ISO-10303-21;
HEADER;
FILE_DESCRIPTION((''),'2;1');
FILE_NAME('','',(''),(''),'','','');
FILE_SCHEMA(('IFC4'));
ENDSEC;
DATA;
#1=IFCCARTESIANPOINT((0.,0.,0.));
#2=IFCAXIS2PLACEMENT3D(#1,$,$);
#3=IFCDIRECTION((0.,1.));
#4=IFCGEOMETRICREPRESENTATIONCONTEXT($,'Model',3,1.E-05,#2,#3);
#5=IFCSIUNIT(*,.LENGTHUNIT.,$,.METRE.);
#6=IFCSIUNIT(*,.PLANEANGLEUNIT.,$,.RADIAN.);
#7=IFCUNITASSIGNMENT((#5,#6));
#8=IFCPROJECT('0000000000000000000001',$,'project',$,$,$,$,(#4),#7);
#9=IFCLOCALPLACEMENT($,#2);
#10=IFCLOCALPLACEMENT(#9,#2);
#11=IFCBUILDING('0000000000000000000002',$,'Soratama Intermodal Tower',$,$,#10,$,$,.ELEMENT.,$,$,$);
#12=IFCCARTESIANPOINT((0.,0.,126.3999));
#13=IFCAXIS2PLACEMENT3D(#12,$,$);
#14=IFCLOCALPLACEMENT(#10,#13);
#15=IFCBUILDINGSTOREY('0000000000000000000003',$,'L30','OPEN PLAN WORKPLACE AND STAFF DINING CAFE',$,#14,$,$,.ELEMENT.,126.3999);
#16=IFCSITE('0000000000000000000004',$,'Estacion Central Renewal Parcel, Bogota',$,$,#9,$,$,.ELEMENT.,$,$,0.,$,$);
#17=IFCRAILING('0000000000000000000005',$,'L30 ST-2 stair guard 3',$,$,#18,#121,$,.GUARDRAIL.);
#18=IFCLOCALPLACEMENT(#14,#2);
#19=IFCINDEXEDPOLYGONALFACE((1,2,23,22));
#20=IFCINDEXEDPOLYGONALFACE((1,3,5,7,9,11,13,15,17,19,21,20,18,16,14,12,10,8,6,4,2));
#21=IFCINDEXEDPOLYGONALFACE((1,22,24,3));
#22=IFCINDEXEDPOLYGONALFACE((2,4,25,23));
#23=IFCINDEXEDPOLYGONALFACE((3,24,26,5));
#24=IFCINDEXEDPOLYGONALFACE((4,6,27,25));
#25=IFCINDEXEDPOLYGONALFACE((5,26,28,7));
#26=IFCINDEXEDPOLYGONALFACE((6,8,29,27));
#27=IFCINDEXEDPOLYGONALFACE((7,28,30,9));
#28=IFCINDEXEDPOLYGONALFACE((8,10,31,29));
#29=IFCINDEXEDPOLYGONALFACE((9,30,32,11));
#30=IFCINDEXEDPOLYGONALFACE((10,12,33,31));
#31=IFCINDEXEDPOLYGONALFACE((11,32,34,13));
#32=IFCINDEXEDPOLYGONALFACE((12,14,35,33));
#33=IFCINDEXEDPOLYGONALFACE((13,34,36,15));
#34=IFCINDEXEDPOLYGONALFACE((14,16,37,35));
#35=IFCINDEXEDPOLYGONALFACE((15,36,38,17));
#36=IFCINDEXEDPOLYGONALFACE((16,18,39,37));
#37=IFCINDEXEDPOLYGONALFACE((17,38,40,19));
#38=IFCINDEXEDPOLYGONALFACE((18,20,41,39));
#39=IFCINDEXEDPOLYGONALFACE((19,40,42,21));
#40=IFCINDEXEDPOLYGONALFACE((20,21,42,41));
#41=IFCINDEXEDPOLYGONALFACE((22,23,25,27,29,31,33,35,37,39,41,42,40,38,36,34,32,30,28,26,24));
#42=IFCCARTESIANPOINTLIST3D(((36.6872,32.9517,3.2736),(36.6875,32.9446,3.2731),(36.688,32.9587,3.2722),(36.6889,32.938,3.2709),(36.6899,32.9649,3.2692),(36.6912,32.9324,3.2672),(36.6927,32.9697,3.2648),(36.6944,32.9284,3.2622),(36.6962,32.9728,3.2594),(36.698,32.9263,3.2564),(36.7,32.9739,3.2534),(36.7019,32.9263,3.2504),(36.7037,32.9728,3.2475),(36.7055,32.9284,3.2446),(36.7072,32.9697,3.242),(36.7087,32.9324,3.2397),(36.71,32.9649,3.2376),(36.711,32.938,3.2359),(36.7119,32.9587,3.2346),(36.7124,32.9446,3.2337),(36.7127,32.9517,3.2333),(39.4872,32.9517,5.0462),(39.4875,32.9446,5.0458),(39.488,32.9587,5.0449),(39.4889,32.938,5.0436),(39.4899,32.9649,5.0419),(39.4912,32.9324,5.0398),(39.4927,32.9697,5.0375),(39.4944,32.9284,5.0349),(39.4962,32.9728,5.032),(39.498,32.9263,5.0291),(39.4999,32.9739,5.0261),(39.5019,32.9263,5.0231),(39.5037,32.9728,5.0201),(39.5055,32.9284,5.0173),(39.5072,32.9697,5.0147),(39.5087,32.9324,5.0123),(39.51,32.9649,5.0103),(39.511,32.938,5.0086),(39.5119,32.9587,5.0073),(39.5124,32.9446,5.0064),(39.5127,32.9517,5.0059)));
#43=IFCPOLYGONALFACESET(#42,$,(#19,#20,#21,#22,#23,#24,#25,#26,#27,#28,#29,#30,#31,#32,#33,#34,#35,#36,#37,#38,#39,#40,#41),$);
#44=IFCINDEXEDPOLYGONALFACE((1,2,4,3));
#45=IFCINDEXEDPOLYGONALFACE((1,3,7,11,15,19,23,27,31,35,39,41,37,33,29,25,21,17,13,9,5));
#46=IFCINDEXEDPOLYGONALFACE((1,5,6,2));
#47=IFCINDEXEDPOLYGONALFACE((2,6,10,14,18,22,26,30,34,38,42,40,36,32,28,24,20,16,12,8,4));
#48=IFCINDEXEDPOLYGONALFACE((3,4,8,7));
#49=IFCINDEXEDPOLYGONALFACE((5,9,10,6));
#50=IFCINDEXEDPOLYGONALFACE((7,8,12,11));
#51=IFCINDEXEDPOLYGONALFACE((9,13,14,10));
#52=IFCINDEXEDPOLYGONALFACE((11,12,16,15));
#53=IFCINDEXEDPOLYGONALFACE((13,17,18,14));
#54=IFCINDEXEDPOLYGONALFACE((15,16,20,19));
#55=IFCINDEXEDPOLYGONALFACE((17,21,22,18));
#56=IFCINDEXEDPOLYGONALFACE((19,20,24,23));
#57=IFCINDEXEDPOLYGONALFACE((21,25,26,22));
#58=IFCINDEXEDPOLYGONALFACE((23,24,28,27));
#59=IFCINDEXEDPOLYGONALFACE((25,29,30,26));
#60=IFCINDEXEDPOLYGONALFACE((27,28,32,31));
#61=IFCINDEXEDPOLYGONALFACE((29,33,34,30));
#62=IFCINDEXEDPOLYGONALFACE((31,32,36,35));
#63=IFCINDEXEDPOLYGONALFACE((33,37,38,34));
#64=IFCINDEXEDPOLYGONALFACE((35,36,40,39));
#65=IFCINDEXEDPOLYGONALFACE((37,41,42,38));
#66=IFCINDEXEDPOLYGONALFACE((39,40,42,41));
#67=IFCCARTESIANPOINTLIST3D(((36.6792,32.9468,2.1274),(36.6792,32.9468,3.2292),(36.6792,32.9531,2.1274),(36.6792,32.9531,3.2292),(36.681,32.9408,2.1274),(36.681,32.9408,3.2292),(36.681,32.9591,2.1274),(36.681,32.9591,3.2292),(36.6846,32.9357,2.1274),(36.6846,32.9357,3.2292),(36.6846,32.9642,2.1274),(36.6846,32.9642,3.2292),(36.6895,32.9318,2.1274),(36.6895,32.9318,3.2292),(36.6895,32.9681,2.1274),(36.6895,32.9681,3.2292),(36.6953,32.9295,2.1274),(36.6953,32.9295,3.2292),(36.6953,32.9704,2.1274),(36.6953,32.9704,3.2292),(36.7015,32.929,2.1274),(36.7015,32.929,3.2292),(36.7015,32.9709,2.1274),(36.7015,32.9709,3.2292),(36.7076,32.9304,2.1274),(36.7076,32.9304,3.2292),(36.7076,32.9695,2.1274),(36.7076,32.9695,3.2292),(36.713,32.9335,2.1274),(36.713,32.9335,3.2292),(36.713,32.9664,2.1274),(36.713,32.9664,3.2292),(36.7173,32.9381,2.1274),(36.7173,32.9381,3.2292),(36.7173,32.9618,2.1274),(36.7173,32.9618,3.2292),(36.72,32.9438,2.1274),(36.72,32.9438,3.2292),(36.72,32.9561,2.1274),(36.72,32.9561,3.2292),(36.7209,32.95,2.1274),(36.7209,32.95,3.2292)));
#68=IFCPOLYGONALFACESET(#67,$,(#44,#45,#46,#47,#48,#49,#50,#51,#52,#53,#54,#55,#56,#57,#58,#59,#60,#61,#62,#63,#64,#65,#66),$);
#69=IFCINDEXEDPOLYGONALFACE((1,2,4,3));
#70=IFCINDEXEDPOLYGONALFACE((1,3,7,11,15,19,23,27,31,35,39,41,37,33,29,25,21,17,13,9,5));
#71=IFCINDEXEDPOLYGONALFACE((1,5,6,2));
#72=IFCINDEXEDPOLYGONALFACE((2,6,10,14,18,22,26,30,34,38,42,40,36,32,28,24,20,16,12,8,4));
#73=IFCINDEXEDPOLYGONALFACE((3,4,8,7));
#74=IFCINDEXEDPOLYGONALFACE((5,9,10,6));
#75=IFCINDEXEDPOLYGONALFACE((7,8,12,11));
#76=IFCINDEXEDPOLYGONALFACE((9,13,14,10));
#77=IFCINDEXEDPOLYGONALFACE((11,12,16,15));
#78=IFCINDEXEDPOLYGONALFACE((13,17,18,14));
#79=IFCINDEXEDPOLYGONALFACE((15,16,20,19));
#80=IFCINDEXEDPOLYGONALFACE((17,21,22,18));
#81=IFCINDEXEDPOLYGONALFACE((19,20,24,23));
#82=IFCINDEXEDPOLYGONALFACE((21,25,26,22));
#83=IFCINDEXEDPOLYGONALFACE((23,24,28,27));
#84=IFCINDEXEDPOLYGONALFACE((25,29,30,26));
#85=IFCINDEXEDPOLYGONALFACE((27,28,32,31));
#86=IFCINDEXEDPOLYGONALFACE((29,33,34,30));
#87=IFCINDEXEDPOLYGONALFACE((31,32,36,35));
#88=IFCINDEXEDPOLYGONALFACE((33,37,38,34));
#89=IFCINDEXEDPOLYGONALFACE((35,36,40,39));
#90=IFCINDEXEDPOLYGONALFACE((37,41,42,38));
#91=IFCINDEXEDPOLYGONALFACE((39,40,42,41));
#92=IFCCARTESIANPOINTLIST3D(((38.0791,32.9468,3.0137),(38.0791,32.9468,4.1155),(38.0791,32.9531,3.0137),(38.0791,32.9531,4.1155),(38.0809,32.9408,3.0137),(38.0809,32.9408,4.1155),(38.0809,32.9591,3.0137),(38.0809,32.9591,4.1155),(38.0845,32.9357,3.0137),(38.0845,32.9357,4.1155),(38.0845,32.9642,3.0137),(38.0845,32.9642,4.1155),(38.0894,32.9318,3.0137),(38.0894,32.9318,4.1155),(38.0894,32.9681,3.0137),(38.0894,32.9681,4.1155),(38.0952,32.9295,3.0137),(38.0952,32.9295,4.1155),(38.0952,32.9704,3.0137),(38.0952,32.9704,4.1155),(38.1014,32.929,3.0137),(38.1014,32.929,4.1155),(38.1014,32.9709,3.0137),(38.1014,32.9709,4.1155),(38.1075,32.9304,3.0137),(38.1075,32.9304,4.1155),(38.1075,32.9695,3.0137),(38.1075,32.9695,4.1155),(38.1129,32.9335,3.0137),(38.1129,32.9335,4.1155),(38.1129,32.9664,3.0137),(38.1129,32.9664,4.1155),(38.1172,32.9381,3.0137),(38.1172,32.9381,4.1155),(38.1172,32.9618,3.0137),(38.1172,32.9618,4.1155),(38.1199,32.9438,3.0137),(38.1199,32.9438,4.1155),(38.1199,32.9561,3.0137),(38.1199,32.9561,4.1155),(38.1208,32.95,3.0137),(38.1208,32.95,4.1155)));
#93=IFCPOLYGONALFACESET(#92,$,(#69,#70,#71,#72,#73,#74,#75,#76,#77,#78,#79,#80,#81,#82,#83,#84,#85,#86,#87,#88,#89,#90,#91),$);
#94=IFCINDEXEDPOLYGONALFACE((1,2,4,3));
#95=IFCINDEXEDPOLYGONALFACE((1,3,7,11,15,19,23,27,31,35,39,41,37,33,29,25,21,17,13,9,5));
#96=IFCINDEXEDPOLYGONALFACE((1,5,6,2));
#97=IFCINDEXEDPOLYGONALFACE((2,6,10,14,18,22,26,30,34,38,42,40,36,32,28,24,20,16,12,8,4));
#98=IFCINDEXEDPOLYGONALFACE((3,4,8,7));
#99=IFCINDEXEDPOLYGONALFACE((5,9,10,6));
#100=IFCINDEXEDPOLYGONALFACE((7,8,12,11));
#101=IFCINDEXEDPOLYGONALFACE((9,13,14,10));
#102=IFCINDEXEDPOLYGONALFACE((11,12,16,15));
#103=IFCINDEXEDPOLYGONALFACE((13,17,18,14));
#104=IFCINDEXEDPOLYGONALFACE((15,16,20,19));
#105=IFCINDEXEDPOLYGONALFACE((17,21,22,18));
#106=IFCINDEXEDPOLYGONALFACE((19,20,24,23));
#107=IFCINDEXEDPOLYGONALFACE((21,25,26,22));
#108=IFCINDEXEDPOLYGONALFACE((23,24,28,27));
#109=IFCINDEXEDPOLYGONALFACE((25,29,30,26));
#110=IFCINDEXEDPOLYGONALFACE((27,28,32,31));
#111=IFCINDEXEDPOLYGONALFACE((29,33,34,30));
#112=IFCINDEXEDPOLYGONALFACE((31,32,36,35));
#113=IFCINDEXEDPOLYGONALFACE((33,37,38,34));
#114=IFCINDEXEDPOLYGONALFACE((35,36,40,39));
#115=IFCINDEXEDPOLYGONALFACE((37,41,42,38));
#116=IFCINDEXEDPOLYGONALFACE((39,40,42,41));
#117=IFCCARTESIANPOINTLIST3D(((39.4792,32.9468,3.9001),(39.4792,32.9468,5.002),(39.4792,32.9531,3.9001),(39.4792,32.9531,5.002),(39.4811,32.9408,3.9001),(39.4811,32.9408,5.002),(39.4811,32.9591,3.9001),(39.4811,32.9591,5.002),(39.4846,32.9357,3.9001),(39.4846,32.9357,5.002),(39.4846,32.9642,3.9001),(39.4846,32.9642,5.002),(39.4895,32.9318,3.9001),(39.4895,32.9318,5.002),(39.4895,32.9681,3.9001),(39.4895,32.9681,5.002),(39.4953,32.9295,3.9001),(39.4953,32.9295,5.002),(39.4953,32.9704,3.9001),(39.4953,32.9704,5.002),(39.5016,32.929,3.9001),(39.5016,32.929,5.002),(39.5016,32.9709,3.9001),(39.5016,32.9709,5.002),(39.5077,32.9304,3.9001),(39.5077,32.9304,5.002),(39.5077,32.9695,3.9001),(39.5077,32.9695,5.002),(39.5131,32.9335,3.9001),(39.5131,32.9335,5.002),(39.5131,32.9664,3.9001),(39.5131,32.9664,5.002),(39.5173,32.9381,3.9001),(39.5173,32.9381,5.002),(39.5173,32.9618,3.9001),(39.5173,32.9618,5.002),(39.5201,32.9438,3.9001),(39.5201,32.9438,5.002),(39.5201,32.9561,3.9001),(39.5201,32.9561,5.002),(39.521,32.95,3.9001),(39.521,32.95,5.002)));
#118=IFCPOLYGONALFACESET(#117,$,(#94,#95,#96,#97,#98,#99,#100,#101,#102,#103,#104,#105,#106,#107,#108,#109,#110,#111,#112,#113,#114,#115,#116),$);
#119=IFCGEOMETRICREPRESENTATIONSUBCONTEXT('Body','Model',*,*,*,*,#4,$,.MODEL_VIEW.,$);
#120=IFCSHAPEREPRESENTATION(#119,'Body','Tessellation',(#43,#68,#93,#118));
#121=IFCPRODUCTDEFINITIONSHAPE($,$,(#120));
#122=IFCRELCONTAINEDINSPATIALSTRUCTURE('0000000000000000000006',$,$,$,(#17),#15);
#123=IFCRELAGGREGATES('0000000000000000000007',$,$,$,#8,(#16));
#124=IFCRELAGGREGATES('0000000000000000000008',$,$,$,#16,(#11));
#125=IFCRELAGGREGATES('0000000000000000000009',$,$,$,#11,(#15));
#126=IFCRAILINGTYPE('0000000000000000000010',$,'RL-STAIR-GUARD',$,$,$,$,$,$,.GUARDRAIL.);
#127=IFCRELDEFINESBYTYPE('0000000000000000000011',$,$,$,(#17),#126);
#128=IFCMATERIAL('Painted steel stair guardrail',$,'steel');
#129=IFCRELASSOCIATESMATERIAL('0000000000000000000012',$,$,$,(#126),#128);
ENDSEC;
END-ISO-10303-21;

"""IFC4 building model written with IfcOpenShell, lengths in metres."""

from ifc_helpers import new_model, si_unit, direction, frame, origin, origin_2d, place, context, subcontext, project, spatial, circle, extrude, material, type_object, element, save


model = new_model("IFC4")

# Units and contexts
model_context = context("Model", 3, precision=1e-05, world=origin(), true_north=direction((0.0, 1.0)))
body_context = subcontext(model_context, "Body", "Model", "MODEL_VIEW")
ifc_project = project(units=[si_unit("LENGTHUNIT", "METRE"), si_unit("PLANEANGLEUNIT", "RADIAN")], contexts=[model_context])

# Site, building, storey
site_placement = place(None, origin())
site = spatial("IfcSite", under=ifc_project, at=site_placement, Name="Estacion Central Renewal Parcel, Bogota", CompositionType="ELEMENT", RefElevation=0.0)
building_placement = place(site_placement, origin())
building = spatial("IfcBuilding", under=site, at=building_placement, Name="Soratama Intermodal Tower", CompositionType="ELEMENT")
storey_placement = place(building_placement, frame((0.0, 0.0, 126.3999)))
storey = spatial("IfcBuildingStorey", under=building, at=storey_placement, Name="L30", Description="OPEN PLAN WORKPLACE AND STAFF DINING CAFE", CompositionType="ELEMENT", Elevation=126.3999)

# Railing
ifc_material_1 = material(Name="Painted steel stair guardrail", Category="steel")
railing_type_1 = type_object("IfcRailingType", Name="RL-STAIR-GUARD", PredefinedType="GUARDRAIL", material=ifc_material_1)
railing_1_placement = place(storey_placement, frame((36.7, 32.95, 2.1274)))
element("IfcRailing", 1, at=railing_1_placement, inside=storey, type_object=railing_type_1, Name="L30 ST-2 stair guard 3", PredefinedType="GUARDRAIL", context=body_context, shape_type="SweptSolid", body=[
    extrude(circle(Radius=0.0239, at=origin_2d()), frame((0.0, 0.0, 1.126), z_axis=(0.844909, 0.0, 0.53491), x_axis=(0.0, 1.0, 0.0)), (0.0, 0.0, 1.0), 3.314),
    extrude(circle(Radius=0.021, at=origin_2d()), origin(), (0.0, 0.0, 1.0), 1.1018),
    extrude(circle(Radius=0.021, at=origin_2d()), frame((1.3999, 0.0, 0.8862)), (0.0, 0.0, 1.0), 1.1018),
    extrude(circle(Radius=0.021, at=origin_2d()), frame((2.8, 0.0, 1.7727)), (0.0, 0.0, 1.0), 1.1018),
])

save(model, "model.ifc")
